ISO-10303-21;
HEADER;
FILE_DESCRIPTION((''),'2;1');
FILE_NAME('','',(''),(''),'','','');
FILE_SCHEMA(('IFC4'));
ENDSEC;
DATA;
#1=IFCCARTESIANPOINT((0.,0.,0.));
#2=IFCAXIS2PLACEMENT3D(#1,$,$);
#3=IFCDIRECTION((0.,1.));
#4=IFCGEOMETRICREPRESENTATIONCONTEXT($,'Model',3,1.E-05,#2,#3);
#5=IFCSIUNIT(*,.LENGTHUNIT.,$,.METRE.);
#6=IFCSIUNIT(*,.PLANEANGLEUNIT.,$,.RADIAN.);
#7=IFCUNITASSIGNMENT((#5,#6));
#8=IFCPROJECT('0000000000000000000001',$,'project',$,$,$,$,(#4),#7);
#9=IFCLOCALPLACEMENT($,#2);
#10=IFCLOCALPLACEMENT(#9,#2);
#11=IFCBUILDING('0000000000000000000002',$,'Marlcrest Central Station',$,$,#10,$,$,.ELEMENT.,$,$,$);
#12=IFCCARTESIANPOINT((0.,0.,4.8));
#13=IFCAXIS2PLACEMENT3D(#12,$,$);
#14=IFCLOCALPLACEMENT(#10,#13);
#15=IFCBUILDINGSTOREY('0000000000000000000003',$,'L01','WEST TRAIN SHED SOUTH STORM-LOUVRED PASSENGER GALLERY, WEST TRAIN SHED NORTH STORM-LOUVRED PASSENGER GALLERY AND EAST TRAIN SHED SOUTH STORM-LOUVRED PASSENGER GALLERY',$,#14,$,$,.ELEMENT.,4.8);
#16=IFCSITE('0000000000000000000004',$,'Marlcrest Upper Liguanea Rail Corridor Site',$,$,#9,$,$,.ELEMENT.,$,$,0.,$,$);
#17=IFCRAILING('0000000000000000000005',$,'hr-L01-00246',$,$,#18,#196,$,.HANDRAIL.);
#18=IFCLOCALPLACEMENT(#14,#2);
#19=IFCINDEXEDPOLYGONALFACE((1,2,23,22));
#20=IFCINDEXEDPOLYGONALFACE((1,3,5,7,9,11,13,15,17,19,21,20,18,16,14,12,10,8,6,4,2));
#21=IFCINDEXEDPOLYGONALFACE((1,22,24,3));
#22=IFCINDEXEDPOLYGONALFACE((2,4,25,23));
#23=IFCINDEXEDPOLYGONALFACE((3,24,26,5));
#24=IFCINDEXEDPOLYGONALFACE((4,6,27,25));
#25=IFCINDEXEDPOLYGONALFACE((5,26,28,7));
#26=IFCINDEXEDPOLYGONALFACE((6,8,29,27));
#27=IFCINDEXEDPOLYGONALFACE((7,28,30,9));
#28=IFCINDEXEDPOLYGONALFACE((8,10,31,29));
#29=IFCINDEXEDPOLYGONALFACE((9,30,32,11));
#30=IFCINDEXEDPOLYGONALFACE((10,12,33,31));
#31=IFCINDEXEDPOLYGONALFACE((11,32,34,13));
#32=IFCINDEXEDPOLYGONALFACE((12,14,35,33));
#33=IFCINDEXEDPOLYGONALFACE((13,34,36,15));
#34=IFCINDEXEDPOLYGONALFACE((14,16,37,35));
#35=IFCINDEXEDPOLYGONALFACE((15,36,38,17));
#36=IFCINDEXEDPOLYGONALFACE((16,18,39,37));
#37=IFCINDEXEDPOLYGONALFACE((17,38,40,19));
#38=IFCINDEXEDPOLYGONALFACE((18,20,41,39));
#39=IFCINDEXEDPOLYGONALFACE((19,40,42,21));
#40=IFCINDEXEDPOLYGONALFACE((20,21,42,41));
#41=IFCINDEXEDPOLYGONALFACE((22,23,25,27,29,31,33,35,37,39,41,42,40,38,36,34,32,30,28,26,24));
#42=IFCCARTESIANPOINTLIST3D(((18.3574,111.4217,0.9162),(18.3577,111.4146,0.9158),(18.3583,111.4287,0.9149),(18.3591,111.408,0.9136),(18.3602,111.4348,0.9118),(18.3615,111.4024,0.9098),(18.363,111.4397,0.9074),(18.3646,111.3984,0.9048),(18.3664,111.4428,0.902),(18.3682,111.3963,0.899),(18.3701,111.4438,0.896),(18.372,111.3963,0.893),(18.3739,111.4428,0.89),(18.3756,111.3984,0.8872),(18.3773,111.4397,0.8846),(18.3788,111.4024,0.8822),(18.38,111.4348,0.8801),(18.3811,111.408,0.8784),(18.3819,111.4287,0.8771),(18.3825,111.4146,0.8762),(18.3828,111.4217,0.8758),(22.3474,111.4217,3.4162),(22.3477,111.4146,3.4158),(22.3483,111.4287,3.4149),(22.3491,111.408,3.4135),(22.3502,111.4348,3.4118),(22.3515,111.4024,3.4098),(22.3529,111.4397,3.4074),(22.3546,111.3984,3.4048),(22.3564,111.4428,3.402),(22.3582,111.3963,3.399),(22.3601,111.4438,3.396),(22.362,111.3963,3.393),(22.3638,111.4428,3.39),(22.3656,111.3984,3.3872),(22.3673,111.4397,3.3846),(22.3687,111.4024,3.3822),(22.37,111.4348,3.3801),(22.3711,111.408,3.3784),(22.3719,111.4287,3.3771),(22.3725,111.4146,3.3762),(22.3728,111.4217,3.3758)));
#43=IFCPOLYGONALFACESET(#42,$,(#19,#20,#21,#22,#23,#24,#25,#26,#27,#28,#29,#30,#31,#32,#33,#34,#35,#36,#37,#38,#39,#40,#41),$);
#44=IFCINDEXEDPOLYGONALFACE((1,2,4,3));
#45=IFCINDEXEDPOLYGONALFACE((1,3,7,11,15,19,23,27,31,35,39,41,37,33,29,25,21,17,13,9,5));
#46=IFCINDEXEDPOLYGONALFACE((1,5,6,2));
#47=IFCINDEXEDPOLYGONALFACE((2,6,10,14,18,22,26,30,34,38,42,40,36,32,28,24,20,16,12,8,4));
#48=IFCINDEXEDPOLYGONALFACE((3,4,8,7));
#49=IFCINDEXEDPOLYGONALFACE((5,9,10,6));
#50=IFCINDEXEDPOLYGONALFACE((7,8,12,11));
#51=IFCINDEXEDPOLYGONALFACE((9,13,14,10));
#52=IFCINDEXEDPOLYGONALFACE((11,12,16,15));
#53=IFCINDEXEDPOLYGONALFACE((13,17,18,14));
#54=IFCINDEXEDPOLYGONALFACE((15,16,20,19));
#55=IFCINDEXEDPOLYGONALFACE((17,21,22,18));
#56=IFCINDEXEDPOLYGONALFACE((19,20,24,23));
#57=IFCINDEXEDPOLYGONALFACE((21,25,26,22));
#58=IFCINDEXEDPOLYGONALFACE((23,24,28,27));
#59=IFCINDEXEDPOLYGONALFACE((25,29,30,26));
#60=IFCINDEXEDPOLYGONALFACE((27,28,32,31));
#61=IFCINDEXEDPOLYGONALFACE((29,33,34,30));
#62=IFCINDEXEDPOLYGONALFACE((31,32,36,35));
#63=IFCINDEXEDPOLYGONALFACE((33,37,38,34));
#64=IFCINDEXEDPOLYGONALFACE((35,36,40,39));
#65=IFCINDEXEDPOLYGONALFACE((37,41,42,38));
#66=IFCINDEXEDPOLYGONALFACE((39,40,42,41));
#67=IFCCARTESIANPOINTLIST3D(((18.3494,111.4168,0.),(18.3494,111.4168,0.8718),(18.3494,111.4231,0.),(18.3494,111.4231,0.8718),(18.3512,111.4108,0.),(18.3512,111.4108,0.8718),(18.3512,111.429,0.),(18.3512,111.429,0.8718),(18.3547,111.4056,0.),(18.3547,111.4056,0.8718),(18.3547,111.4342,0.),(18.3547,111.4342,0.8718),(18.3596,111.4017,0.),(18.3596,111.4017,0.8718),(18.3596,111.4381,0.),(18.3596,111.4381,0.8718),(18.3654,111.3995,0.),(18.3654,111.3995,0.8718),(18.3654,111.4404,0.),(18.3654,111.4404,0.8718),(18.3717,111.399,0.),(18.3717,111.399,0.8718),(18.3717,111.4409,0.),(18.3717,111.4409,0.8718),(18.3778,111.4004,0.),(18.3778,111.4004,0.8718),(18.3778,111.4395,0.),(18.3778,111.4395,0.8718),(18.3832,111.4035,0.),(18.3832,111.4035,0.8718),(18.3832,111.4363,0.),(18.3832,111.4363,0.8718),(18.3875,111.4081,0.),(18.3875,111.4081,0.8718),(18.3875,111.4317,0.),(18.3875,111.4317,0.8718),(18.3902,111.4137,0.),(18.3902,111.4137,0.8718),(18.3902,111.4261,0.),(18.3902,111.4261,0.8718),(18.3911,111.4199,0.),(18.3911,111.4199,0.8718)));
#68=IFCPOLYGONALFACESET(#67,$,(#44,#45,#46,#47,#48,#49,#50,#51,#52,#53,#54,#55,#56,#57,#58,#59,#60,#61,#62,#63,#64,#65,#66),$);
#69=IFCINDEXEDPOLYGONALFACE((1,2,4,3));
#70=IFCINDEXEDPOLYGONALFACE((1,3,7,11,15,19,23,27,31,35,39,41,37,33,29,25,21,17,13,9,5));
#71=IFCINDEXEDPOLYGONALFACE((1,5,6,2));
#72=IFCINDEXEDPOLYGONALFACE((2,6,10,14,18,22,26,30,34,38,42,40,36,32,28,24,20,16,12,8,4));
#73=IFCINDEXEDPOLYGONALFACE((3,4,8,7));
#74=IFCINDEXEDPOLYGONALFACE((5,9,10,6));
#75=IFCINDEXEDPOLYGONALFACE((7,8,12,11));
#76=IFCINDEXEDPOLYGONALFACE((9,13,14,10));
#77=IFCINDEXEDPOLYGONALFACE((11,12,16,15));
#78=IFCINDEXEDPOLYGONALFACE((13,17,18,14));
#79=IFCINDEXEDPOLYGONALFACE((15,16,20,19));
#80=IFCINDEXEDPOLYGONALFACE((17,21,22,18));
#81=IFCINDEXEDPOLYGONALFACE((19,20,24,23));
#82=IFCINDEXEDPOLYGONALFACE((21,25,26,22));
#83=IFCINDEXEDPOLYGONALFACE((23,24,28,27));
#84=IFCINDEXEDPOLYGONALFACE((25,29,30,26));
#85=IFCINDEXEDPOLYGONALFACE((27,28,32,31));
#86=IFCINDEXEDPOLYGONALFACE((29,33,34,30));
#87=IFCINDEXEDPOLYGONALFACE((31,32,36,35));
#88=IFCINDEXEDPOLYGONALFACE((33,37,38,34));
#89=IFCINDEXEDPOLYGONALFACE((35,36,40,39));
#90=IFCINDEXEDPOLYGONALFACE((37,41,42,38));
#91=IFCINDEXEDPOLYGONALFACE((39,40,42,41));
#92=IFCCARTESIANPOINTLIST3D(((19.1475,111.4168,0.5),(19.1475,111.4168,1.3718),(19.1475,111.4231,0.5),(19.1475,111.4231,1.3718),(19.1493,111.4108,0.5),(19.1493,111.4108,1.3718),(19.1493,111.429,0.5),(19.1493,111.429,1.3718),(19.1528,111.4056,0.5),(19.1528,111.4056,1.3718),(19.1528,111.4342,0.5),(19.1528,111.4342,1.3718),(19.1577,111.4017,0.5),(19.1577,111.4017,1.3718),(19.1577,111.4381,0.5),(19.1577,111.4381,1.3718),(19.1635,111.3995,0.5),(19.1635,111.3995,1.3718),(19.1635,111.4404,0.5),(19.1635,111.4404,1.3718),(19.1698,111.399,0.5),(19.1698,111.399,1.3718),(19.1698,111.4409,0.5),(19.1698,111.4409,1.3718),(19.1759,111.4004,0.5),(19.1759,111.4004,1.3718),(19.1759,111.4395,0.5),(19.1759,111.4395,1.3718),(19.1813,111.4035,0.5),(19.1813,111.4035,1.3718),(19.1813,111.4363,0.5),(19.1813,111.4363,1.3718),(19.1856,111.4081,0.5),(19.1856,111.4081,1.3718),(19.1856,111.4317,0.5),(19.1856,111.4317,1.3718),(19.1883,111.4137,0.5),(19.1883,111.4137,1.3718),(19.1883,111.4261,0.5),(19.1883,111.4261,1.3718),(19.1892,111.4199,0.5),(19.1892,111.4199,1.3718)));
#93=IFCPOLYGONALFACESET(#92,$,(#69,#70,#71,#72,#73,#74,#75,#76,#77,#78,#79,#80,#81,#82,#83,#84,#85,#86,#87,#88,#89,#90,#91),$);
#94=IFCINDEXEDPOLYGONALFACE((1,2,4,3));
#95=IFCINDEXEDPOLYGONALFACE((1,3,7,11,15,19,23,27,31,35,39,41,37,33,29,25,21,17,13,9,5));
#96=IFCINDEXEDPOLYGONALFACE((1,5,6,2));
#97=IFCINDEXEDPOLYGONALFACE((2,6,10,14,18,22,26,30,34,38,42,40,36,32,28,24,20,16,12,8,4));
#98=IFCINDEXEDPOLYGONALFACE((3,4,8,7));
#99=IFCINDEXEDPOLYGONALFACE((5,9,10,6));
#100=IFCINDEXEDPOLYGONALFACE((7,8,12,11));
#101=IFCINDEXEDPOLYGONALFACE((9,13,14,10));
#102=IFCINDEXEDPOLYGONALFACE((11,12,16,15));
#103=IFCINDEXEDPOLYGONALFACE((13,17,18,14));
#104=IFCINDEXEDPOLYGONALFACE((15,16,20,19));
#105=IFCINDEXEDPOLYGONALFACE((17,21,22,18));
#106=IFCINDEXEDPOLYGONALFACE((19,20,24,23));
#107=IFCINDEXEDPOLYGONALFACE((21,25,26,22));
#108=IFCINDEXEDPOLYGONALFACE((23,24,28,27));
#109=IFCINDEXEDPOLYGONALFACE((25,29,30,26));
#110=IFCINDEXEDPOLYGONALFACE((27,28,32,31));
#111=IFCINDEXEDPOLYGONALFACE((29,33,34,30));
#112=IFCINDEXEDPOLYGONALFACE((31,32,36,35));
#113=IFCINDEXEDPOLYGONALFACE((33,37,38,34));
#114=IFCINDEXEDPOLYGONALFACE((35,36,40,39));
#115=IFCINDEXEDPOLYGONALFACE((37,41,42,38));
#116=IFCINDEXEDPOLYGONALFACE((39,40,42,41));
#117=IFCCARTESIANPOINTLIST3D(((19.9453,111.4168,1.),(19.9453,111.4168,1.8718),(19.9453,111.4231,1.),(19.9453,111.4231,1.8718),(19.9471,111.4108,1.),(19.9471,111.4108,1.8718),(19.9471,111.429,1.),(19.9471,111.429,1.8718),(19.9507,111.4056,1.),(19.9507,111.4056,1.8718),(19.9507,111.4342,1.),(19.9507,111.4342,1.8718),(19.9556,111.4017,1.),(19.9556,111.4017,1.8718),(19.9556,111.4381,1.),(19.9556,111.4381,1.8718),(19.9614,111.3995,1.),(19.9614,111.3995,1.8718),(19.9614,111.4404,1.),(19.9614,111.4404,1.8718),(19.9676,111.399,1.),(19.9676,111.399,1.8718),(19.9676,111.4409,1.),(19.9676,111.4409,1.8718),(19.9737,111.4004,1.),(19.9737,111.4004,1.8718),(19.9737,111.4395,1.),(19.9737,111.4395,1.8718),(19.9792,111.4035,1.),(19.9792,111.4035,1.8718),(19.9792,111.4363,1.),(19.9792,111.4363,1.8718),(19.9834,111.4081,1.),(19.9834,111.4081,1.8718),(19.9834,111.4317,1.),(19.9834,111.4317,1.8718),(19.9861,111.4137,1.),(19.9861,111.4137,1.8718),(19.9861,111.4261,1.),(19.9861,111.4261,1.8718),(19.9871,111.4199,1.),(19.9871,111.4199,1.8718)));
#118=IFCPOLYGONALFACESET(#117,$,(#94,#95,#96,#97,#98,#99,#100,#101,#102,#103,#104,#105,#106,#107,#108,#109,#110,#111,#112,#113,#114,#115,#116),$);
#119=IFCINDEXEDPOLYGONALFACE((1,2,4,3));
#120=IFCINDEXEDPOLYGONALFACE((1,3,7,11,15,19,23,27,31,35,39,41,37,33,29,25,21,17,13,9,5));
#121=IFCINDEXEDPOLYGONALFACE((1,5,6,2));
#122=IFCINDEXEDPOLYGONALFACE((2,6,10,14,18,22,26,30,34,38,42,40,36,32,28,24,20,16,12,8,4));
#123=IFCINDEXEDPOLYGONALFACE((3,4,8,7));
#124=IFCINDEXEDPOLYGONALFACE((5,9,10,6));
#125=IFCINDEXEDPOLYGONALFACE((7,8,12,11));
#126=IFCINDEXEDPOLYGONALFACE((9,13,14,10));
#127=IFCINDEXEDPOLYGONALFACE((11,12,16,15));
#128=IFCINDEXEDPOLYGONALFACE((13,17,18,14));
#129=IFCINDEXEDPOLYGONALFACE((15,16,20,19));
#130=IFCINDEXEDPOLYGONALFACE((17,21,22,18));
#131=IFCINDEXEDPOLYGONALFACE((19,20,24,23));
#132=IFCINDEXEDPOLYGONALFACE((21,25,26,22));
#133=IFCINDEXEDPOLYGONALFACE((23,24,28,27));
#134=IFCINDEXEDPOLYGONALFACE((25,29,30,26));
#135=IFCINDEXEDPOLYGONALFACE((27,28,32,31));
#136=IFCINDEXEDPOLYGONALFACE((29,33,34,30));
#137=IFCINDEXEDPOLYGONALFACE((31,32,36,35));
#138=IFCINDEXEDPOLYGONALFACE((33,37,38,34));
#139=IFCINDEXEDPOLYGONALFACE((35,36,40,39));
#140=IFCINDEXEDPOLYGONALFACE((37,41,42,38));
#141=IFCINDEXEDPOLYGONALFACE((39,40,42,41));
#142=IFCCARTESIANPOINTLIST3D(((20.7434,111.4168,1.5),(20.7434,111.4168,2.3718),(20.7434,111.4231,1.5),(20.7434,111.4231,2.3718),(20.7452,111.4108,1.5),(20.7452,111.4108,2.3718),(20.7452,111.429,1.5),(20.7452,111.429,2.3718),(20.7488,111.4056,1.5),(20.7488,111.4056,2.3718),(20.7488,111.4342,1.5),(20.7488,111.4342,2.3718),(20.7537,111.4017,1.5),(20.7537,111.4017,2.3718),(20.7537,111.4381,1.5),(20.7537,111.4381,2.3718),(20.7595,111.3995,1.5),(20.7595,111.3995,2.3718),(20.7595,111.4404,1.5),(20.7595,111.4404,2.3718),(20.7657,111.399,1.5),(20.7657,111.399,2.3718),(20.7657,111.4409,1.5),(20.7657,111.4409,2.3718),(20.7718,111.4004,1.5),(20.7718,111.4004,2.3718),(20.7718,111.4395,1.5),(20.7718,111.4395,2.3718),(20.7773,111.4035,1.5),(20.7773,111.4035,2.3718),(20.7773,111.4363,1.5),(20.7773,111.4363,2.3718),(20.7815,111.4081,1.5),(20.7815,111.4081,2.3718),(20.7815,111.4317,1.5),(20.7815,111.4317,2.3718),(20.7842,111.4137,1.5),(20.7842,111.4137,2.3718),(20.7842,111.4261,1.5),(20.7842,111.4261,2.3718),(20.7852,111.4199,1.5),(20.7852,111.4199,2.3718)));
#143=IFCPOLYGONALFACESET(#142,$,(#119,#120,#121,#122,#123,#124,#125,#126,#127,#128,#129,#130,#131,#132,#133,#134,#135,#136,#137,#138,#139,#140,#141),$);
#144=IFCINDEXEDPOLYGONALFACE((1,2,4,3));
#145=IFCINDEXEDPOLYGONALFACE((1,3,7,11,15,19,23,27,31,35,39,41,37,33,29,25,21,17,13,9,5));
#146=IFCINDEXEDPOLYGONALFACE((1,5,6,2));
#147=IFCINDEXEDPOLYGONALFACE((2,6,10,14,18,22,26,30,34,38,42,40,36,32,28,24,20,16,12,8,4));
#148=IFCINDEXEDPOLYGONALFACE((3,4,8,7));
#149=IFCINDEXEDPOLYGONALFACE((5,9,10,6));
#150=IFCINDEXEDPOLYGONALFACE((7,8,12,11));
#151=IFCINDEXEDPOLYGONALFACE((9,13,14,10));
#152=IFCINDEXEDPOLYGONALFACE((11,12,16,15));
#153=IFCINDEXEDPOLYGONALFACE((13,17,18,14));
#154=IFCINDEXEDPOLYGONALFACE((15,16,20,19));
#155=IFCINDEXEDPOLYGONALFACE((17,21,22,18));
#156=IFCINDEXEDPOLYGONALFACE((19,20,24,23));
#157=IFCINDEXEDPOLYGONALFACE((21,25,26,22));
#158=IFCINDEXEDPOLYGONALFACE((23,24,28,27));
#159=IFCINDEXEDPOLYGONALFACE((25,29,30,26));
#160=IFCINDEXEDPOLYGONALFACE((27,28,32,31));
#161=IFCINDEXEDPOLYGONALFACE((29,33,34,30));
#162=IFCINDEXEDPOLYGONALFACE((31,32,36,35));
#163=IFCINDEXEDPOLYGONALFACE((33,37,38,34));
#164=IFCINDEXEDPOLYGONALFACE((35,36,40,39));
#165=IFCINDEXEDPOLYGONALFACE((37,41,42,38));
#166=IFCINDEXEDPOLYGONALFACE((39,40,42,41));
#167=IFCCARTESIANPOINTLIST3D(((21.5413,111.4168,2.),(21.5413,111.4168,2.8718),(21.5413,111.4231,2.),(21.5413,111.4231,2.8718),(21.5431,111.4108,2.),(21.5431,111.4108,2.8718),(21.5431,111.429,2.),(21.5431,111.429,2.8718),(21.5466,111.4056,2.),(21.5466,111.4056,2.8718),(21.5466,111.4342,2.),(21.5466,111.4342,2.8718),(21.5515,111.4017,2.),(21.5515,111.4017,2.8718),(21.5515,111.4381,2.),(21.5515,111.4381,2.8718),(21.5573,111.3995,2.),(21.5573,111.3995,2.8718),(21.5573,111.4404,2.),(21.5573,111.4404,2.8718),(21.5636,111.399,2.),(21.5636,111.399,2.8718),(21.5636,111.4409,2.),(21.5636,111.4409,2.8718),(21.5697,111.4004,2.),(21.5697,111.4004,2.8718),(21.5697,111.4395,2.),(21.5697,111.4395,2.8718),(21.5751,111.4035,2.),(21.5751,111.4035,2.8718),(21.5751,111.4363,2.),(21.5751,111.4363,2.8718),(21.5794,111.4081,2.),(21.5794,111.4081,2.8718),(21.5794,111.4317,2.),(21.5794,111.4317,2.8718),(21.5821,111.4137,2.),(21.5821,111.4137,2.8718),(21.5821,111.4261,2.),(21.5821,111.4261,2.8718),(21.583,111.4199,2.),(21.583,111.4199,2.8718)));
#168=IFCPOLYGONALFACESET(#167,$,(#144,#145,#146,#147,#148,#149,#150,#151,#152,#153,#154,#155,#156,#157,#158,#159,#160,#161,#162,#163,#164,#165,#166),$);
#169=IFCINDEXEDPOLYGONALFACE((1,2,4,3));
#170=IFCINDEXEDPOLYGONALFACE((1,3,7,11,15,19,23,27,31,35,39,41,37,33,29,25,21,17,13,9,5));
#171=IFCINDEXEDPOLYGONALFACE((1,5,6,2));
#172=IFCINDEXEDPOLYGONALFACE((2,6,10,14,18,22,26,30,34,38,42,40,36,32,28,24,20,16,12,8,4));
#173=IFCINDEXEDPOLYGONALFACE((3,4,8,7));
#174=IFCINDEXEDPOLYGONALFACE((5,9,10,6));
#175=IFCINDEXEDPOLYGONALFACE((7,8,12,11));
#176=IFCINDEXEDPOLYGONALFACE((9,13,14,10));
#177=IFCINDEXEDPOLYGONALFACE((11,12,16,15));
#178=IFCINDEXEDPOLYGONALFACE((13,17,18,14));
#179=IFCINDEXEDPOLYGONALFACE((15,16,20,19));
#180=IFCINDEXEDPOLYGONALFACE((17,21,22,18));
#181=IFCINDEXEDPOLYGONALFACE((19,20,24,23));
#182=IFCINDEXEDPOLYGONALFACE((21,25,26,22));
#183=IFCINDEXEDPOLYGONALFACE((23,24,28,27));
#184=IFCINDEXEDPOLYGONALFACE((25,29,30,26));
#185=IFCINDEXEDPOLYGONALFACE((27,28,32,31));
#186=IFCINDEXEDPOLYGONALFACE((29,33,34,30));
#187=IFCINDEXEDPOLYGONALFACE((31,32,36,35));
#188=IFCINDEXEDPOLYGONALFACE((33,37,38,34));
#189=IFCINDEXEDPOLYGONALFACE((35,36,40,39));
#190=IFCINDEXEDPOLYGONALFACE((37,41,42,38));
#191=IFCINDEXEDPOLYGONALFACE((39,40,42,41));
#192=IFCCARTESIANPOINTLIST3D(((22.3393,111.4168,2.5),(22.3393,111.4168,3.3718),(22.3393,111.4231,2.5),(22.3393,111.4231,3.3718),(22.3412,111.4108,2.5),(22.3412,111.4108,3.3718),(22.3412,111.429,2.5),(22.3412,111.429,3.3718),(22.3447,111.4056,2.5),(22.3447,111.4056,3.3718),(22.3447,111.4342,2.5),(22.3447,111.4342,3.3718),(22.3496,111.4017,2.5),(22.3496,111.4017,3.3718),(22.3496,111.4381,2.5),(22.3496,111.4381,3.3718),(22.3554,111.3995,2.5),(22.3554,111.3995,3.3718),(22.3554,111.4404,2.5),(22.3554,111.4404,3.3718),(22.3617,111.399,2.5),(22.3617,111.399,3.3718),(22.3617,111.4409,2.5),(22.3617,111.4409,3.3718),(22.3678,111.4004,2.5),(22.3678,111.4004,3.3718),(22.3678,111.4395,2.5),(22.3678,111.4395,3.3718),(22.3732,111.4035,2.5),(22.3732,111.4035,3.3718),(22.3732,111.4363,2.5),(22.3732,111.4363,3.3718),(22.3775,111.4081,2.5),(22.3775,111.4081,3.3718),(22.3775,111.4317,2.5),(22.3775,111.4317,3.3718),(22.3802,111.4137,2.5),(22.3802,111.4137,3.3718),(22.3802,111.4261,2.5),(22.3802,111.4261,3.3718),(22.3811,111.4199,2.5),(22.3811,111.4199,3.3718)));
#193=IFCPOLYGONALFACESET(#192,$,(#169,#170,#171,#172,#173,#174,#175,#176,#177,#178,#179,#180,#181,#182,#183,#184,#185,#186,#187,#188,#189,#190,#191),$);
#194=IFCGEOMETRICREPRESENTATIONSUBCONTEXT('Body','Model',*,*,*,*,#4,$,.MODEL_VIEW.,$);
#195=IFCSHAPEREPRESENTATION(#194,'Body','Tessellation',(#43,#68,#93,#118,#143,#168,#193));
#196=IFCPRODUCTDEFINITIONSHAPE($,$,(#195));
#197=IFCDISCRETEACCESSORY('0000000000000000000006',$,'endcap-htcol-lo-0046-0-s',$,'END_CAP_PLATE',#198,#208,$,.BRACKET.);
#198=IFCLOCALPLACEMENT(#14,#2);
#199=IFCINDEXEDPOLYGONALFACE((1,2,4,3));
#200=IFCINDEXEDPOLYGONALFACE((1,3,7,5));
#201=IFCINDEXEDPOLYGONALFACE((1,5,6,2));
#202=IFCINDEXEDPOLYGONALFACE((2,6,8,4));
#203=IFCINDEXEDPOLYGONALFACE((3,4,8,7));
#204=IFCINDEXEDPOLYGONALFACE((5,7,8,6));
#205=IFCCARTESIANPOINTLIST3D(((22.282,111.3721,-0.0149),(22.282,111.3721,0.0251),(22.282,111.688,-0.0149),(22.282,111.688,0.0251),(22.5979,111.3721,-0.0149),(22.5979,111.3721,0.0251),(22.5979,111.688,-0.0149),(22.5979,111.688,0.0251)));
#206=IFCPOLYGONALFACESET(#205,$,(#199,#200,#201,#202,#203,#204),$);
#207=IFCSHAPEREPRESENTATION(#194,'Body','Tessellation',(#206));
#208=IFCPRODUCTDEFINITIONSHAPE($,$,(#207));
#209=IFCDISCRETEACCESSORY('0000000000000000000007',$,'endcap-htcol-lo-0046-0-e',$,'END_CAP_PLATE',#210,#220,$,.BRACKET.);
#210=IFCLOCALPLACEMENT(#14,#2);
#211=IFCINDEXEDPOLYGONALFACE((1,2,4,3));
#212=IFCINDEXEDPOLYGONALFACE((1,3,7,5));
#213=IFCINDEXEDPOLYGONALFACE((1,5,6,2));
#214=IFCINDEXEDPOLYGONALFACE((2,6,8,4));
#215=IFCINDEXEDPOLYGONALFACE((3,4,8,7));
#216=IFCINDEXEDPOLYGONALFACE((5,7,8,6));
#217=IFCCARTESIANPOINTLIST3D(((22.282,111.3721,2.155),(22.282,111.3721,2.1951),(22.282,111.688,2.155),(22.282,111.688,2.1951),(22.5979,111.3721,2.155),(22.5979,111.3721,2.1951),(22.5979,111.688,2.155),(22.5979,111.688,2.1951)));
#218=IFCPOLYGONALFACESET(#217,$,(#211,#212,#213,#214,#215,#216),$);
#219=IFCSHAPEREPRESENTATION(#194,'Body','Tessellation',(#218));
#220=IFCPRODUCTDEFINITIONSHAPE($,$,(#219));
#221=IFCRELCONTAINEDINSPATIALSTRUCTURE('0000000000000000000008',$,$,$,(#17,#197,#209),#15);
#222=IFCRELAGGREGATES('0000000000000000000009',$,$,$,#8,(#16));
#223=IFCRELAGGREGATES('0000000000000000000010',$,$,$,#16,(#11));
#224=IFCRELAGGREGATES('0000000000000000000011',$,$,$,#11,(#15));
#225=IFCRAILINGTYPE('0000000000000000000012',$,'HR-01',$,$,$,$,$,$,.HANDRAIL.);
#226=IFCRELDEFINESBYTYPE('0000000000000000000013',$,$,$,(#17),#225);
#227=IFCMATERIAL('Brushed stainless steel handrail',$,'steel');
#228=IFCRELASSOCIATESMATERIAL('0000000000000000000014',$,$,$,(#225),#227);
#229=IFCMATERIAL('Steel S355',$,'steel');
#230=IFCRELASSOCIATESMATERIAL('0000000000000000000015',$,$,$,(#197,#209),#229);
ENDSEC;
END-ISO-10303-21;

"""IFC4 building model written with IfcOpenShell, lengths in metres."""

from ifc_helpers import new_model, si_unit, direction, frame, origin, origin_2d, place, context, subcontext, project, spatial, rectangle, circle, extrude, material, type_object, element, save


model = new_model("IFC4")

# Units and contexts
model_context = context("Model", 3, precision=1e-05, world=origin(), true_north=direction((0.0, 1.0)))
body_context = subcontext(model_context, "Body", "Model", "MODEL_VIEW")
ifc_project = project(units=[si_unit("LENGTHUNIT", "METRE"), si_unit("PLANEANGLEUNIT", "RADIAN")], contexts=[model_context])

# Site, building, storey
site_placement = place(None, origin())
site = spatial("IfcSite", under=ifc_project, at=site_placement, Name="Marlcrest Upper Liguanea Rail Corridor Site", CompositionType="ELEMENT", RefElevation=0.0)
building_placement = place(site_placement, origin())
building = spatial("IfcBuilding", under=site, at=building_placement, Name="Marlcrest Central Station", CompositionType="ELEMENT")
storey_placement = place(building_placement, frame((0.0, 0.0, 4.8)))
storey = spatial("IfcBuildingStorey", under=building, at=storey_placement, Name="L01", Description="WEST TRAIN SHED SOUTH STORM-LOUVRED PASSENGER GALLERY, WEST TRAIN SHED NORTH STORM-LOUVRED PASSENGER GALLERY AND EAST TRAIN SHED SOUTH STORM-LOUVRED PASSENGER GALLERY", CompositionType="ELEMENT", Elevation=4.8)

# Shared definitions
ifc_material_1 = material(Name="Steel S355", Category="steel")

# Railing
ifc_material_2 = material(Name="Brushed stainless steel handrail", Category="steel")
railing_type_1 = type_object("IfcRailingType", Name="HR-01", PredefinedType="HANDRAIL", material=ifc_material_2)
railing_1_placement = place(storey_placement, frame((18.3701, 111.4199, 0.0)))
element("IfcRailing", 1, at=railing_1_placement, inside=storey, type_object=railing_type_1, Name="hr-L01-00246", PredefinedType="HANDRAIL", context=body_context, shape_type="SweptSolid", body=[
    extrude(circle(Radius=0.0239, at=origin_2d()), frame((0.0, 0.0, 0.896), z_axis=(0.847401, 0.0, 0.530954), x_axis=(0.0, 1.0, 0.0)), (0.0, 0.0, 1.0), 4.7085),
    extrude(circle(Radius=0.021, at=origin_2d()), origin(), (0.0, 0.0, 1.0), 0.8718),
    extrude(circle(Radius=0.021, at=origin_2d()), frame((0.7981, 0.0, 0.5)), (0.0, 0.0, 1.0), 0.8718),
    extrude(circle(Radius=0.021, at=origin_2d()), frame((1.5959, 0.0, 1.0)), (0.0, 0.0, 1.0), 0.8718),
    extrude(circle(Radius=0.021, at=origin_2d()), frame((2.394, 0.0, 1.5)), (0.0, 0.0, 1.0), 0.8718),
    extrude(circle(Radius=0.021, at=origin_2d()), frame((3.1919, 0.0, 2.0)), (0.0, 0.0, 1.0), 0.8718),
    extrude(circle(Radius=0.021, at=origin_2d()), frame((3.99, 0.0, 2.5)), (0.0, 0.0, 1.0), 0.8718),
])

# Discrete accessories
for number, where, z_axis, x_axis, name in (
    (2, (22.4399, 111.53, -0.0149), (0.0, 0.0, 1.0), (1.0, 0.0, 0.0), "endcap-htcol-lo-0046-0-s"),
    (3, (22.4399, 111.53, 2.155), (0.0, 0.0, 1.0), (1.0, 0.0, 0.0), "endcap-htcol-lo-0046-0-e"),
):
    element("IfcDiscreteAccessory", number, at=place(storey_placement, frame(where, z_axis=z_axis, x_axis=x_axis)), inside=storey, material=ifc_material_1, Name=name, ObjectType="END_CAP_PLATE", PredefinedType="BRACKET", context=body_context, shape_type="SweptSolid", body=[
        extrude(rectangle(XDim=0.3159, YDim=0.3159, at=origin_2d()), origin(), (0.0, 0.0, 1.0), 0.04),
    ])

save(model, "model.ifc")
